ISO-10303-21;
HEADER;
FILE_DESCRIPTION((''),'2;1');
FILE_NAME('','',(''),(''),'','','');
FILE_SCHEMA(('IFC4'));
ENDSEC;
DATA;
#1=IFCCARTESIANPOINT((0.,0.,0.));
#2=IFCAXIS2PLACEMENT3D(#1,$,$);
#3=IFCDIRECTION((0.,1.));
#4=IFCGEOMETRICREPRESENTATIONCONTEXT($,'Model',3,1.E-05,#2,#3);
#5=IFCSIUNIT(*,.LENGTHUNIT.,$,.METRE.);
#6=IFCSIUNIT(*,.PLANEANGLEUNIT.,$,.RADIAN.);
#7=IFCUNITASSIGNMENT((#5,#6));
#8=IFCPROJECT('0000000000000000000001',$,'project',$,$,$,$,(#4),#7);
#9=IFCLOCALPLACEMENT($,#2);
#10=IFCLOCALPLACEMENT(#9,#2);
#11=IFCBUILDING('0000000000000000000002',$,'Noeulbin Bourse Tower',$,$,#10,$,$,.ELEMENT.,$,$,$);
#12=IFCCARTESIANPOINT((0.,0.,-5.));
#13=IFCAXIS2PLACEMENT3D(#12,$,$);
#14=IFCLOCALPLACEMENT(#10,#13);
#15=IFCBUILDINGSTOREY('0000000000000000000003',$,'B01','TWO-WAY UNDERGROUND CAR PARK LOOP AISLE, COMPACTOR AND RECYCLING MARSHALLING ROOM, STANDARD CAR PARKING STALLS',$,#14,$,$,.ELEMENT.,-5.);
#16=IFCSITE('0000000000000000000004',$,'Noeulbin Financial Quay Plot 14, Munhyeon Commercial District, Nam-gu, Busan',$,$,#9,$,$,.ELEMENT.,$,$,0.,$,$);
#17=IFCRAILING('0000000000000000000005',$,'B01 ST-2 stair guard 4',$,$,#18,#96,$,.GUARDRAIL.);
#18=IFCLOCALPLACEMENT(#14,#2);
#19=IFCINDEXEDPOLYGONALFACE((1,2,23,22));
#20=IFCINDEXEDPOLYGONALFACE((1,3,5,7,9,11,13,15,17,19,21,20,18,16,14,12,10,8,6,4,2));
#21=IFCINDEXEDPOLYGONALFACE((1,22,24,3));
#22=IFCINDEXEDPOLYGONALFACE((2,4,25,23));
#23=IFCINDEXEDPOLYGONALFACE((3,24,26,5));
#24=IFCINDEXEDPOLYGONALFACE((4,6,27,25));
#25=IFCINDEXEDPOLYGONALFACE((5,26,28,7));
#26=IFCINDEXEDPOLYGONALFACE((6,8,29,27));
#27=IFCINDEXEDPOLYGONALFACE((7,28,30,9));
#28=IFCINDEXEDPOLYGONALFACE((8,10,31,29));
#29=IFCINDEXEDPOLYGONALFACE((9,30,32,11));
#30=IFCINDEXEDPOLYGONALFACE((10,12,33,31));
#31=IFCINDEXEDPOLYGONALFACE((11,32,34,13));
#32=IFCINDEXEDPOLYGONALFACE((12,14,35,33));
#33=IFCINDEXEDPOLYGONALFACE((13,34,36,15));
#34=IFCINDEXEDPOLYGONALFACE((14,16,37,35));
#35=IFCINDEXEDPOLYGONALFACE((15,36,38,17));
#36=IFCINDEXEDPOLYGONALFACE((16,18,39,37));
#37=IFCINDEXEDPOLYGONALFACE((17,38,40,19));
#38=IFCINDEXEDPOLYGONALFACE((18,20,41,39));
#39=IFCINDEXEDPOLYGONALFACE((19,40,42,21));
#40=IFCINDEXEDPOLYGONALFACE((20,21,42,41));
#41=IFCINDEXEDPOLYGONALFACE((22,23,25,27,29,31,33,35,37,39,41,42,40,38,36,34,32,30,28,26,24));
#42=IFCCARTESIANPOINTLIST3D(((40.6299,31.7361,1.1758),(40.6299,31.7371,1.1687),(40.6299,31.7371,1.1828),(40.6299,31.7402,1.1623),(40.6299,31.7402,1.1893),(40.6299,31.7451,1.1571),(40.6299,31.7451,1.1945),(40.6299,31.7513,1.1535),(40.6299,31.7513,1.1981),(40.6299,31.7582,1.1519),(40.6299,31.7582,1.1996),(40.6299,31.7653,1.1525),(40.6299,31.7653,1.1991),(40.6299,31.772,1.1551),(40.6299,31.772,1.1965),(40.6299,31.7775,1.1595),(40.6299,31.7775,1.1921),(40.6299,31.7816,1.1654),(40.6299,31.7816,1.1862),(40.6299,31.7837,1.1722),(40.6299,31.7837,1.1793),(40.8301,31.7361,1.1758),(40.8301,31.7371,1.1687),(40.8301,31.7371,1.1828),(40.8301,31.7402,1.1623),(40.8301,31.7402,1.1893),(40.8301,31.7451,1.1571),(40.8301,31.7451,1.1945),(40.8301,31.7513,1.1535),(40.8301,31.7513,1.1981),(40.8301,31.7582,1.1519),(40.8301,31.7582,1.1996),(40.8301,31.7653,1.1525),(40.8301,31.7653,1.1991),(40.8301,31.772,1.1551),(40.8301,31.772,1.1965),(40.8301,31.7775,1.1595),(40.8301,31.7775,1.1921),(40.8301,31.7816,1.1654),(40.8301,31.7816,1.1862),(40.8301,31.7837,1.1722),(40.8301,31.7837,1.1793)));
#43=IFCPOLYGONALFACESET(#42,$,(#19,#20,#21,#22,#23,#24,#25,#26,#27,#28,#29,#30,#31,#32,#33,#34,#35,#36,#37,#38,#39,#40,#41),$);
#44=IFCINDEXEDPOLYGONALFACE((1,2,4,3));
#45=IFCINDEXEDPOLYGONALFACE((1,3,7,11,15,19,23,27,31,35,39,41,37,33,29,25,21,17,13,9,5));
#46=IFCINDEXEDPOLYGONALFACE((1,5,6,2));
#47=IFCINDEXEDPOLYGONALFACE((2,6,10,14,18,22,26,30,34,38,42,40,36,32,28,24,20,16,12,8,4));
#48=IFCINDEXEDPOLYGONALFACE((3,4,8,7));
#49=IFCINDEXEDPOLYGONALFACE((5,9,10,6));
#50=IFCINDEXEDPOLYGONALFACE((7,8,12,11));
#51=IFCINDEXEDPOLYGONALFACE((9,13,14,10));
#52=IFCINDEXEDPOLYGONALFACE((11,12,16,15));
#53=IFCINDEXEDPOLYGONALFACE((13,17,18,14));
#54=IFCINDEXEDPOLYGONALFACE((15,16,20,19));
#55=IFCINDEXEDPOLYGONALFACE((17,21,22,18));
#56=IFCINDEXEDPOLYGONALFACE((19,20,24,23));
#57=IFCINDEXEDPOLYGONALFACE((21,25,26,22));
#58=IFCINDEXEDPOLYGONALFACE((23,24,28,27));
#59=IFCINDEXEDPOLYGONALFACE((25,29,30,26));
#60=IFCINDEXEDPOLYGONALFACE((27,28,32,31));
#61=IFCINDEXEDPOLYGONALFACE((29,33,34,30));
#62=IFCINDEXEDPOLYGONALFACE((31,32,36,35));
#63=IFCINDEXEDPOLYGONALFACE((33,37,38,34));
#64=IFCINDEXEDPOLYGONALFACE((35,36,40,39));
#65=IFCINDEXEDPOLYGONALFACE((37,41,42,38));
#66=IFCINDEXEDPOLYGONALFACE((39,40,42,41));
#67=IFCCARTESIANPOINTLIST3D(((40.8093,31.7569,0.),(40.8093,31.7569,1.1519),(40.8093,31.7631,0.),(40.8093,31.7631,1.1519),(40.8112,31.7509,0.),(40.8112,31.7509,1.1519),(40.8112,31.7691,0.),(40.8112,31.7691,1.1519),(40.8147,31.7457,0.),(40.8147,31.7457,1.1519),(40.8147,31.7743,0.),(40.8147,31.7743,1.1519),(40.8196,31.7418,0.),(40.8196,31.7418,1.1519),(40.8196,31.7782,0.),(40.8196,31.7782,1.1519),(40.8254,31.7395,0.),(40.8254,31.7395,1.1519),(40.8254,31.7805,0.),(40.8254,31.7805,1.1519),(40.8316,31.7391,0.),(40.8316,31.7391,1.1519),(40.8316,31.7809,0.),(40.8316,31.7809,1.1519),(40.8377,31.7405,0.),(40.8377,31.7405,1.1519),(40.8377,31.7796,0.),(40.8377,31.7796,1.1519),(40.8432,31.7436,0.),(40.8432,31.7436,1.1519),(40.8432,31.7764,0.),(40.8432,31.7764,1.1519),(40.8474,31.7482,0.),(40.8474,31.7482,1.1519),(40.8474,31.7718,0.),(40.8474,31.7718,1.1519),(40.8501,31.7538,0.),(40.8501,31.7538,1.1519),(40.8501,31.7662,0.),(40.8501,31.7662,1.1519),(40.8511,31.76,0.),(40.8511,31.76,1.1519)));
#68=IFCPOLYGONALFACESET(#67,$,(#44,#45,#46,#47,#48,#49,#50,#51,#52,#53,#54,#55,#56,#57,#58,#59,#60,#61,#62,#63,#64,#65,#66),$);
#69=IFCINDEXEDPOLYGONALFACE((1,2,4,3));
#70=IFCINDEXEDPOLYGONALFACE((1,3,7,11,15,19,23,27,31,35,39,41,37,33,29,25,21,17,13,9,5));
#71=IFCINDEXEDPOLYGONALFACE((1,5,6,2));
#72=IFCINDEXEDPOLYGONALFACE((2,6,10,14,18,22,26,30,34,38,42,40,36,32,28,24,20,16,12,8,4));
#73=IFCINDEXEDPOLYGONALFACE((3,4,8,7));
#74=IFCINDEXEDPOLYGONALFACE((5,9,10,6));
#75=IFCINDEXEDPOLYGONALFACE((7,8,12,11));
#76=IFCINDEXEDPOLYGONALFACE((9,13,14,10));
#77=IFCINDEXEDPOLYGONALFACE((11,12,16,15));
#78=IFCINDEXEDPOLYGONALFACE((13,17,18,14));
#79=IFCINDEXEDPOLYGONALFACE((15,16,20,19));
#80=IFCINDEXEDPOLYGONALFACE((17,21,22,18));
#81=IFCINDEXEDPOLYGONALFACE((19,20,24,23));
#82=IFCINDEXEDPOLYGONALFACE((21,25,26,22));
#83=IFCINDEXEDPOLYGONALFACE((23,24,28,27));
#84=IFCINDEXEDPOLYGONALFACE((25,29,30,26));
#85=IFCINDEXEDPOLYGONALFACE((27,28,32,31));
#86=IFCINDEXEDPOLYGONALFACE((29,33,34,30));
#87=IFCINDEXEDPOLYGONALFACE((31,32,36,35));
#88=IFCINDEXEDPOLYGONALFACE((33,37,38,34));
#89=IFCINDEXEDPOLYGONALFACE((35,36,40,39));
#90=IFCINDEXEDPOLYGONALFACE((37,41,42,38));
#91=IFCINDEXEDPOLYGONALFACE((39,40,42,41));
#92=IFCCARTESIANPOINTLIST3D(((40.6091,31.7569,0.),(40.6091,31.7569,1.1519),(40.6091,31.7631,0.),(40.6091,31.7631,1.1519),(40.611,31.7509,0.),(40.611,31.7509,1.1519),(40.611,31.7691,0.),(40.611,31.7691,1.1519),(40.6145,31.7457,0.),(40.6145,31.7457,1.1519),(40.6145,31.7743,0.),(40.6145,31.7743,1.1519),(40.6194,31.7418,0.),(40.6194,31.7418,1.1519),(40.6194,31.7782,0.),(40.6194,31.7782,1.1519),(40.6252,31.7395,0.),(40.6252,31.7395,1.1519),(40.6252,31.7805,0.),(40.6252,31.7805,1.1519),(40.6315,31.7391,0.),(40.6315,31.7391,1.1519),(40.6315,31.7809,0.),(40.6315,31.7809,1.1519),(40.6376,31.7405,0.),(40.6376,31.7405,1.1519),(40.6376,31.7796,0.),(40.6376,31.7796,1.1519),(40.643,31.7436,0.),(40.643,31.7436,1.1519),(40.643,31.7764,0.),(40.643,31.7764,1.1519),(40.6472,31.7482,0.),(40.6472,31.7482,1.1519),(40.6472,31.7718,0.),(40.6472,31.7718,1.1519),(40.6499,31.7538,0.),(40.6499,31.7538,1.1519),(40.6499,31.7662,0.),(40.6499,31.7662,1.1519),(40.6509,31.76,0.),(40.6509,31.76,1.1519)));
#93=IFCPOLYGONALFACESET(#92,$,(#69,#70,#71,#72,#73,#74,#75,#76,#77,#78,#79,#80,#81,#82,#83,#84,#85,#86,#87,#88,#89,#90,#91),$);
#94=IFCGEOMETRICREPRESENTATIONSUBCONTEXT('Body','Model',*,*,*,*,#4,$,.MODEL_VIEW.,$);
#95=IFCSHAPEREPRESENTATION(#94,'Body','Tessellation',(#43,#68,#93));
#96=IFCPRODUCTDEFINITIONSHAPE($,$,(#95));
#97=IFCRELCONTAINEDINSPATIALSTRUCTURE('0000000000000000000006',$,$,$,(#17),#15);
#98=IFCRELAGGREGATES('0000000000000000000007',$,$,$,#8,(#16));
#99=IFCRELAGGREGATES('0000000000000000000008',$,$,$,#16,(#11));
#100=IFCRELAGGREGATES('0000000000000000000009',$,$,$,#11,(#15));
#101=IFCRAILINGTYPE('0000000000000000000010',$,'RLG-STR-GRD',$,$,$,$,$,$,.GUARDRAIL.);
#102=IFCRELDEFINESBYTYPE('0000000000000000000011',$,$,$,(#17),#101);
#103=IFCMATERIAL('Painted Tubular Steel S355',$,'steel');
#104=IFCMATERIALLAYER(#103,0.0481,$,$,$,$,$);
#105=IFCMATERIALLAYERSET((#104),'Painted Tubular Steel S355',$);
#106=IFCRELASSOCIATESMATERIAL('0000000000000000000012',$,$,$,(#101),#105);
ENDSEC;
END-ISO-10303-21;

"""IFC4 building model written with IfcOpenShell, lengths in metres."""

from ifc_helpers import new_model, si_unit, direction, frame, origin, origin_2d, place, context, subcontext, project, spatial, circle, extrude, material, layer, layer_set, type_object, element, save


model = new_model("IFC4")

# Units and contexts
model_context = context("Model", 3, precision=1e-05, world=origin(), true_north=direction((0.0, 1.0)))
body_context = subcontext(model_context, "Body", "Model", "MODEL_VIEW")
ifc_project = project(units=[si_unit("LENGTHUNIT", "METRE"), si_unit("PLANEANGLEUNIT", "RADIAN")], contexts=[model_context])

# Site, building, storey
site_placement = place(None, origin())
site = spatial("IfcSite", under=ifc_project, at=site_placement, Name="Noeulbin Financial Quay Plot 14, Munhyeon Commercial District, Nam-gu, Busan", CompositionType="ELEMENT", RefElevation=0.0)
building_placement = place(site_placement, origin())
building = spatial("IfcBuilding", under=site, at=building_placement, Name="Noeulbin Bourse Tower", CompositionType="ELEMENT")
storey_placement = place(building_placement, frame((0.0, 0.0, -5.0)))
storey = spatial("IfcBuildingStorey", under=building, at=storey_placement, Name="B01", Description="TWO-WAY UNDERGROUND CAR PARK LOOP AISLE, COMPACTOR AND RECYCLING MARSHALLING ROOM, STANDARD CAR PARKING STALLS", CompositionType="ELEMENT", Elevation=-5.0)

# Railing
ifc_material_1 = material(Name="Painted Tubular Steel S355", Category="steel")
ifc_layer_1 = layer(ifc_material_1, 0.0481)
ifc_layer_set_1 = layer_set([ifc_layer_1], Name="Painted Tubular Steel S355")
railing_type_1 = type_object("IfcRailingType", Name="RLG-STR-GRD", PredefinedType="GUARDRAIL", material=ifc_layer_set_1)
railing_1_placement = place(storey_placement, frame((40.8301, 31.76, 0.0)))
element("IfcRailing", 1, at=railing_1_placement, inside=storey, type_object=railing_type_1, Name="B01 ST-2 stair guard 4", PredefinedType="GUARDRAIL", context=body_context, shape_type="SweptSolid", body=[
    extrude(circle(Radius=0.0239, at=origin_2d()), frame((0.0, 0.0, 1.1758), z_axis=(-1.0, 0.0, 0.0), x_axis=(0.0, -1.0, 0.0)), (0.0, 0.0, 1.0), 0.2002),
    extrude(circle(Radius=0.021, at=origin_2d()), origin(), (0.0, 0.0, 1.0), 1.1519),
    extrude(circle(Radius=0.021, at=origin_2d()), frame((-0.2002, 0.0, 0.0)), (0.0, 0.0, 1.0), 1.1519),
])

save(model, "model.ifc")
